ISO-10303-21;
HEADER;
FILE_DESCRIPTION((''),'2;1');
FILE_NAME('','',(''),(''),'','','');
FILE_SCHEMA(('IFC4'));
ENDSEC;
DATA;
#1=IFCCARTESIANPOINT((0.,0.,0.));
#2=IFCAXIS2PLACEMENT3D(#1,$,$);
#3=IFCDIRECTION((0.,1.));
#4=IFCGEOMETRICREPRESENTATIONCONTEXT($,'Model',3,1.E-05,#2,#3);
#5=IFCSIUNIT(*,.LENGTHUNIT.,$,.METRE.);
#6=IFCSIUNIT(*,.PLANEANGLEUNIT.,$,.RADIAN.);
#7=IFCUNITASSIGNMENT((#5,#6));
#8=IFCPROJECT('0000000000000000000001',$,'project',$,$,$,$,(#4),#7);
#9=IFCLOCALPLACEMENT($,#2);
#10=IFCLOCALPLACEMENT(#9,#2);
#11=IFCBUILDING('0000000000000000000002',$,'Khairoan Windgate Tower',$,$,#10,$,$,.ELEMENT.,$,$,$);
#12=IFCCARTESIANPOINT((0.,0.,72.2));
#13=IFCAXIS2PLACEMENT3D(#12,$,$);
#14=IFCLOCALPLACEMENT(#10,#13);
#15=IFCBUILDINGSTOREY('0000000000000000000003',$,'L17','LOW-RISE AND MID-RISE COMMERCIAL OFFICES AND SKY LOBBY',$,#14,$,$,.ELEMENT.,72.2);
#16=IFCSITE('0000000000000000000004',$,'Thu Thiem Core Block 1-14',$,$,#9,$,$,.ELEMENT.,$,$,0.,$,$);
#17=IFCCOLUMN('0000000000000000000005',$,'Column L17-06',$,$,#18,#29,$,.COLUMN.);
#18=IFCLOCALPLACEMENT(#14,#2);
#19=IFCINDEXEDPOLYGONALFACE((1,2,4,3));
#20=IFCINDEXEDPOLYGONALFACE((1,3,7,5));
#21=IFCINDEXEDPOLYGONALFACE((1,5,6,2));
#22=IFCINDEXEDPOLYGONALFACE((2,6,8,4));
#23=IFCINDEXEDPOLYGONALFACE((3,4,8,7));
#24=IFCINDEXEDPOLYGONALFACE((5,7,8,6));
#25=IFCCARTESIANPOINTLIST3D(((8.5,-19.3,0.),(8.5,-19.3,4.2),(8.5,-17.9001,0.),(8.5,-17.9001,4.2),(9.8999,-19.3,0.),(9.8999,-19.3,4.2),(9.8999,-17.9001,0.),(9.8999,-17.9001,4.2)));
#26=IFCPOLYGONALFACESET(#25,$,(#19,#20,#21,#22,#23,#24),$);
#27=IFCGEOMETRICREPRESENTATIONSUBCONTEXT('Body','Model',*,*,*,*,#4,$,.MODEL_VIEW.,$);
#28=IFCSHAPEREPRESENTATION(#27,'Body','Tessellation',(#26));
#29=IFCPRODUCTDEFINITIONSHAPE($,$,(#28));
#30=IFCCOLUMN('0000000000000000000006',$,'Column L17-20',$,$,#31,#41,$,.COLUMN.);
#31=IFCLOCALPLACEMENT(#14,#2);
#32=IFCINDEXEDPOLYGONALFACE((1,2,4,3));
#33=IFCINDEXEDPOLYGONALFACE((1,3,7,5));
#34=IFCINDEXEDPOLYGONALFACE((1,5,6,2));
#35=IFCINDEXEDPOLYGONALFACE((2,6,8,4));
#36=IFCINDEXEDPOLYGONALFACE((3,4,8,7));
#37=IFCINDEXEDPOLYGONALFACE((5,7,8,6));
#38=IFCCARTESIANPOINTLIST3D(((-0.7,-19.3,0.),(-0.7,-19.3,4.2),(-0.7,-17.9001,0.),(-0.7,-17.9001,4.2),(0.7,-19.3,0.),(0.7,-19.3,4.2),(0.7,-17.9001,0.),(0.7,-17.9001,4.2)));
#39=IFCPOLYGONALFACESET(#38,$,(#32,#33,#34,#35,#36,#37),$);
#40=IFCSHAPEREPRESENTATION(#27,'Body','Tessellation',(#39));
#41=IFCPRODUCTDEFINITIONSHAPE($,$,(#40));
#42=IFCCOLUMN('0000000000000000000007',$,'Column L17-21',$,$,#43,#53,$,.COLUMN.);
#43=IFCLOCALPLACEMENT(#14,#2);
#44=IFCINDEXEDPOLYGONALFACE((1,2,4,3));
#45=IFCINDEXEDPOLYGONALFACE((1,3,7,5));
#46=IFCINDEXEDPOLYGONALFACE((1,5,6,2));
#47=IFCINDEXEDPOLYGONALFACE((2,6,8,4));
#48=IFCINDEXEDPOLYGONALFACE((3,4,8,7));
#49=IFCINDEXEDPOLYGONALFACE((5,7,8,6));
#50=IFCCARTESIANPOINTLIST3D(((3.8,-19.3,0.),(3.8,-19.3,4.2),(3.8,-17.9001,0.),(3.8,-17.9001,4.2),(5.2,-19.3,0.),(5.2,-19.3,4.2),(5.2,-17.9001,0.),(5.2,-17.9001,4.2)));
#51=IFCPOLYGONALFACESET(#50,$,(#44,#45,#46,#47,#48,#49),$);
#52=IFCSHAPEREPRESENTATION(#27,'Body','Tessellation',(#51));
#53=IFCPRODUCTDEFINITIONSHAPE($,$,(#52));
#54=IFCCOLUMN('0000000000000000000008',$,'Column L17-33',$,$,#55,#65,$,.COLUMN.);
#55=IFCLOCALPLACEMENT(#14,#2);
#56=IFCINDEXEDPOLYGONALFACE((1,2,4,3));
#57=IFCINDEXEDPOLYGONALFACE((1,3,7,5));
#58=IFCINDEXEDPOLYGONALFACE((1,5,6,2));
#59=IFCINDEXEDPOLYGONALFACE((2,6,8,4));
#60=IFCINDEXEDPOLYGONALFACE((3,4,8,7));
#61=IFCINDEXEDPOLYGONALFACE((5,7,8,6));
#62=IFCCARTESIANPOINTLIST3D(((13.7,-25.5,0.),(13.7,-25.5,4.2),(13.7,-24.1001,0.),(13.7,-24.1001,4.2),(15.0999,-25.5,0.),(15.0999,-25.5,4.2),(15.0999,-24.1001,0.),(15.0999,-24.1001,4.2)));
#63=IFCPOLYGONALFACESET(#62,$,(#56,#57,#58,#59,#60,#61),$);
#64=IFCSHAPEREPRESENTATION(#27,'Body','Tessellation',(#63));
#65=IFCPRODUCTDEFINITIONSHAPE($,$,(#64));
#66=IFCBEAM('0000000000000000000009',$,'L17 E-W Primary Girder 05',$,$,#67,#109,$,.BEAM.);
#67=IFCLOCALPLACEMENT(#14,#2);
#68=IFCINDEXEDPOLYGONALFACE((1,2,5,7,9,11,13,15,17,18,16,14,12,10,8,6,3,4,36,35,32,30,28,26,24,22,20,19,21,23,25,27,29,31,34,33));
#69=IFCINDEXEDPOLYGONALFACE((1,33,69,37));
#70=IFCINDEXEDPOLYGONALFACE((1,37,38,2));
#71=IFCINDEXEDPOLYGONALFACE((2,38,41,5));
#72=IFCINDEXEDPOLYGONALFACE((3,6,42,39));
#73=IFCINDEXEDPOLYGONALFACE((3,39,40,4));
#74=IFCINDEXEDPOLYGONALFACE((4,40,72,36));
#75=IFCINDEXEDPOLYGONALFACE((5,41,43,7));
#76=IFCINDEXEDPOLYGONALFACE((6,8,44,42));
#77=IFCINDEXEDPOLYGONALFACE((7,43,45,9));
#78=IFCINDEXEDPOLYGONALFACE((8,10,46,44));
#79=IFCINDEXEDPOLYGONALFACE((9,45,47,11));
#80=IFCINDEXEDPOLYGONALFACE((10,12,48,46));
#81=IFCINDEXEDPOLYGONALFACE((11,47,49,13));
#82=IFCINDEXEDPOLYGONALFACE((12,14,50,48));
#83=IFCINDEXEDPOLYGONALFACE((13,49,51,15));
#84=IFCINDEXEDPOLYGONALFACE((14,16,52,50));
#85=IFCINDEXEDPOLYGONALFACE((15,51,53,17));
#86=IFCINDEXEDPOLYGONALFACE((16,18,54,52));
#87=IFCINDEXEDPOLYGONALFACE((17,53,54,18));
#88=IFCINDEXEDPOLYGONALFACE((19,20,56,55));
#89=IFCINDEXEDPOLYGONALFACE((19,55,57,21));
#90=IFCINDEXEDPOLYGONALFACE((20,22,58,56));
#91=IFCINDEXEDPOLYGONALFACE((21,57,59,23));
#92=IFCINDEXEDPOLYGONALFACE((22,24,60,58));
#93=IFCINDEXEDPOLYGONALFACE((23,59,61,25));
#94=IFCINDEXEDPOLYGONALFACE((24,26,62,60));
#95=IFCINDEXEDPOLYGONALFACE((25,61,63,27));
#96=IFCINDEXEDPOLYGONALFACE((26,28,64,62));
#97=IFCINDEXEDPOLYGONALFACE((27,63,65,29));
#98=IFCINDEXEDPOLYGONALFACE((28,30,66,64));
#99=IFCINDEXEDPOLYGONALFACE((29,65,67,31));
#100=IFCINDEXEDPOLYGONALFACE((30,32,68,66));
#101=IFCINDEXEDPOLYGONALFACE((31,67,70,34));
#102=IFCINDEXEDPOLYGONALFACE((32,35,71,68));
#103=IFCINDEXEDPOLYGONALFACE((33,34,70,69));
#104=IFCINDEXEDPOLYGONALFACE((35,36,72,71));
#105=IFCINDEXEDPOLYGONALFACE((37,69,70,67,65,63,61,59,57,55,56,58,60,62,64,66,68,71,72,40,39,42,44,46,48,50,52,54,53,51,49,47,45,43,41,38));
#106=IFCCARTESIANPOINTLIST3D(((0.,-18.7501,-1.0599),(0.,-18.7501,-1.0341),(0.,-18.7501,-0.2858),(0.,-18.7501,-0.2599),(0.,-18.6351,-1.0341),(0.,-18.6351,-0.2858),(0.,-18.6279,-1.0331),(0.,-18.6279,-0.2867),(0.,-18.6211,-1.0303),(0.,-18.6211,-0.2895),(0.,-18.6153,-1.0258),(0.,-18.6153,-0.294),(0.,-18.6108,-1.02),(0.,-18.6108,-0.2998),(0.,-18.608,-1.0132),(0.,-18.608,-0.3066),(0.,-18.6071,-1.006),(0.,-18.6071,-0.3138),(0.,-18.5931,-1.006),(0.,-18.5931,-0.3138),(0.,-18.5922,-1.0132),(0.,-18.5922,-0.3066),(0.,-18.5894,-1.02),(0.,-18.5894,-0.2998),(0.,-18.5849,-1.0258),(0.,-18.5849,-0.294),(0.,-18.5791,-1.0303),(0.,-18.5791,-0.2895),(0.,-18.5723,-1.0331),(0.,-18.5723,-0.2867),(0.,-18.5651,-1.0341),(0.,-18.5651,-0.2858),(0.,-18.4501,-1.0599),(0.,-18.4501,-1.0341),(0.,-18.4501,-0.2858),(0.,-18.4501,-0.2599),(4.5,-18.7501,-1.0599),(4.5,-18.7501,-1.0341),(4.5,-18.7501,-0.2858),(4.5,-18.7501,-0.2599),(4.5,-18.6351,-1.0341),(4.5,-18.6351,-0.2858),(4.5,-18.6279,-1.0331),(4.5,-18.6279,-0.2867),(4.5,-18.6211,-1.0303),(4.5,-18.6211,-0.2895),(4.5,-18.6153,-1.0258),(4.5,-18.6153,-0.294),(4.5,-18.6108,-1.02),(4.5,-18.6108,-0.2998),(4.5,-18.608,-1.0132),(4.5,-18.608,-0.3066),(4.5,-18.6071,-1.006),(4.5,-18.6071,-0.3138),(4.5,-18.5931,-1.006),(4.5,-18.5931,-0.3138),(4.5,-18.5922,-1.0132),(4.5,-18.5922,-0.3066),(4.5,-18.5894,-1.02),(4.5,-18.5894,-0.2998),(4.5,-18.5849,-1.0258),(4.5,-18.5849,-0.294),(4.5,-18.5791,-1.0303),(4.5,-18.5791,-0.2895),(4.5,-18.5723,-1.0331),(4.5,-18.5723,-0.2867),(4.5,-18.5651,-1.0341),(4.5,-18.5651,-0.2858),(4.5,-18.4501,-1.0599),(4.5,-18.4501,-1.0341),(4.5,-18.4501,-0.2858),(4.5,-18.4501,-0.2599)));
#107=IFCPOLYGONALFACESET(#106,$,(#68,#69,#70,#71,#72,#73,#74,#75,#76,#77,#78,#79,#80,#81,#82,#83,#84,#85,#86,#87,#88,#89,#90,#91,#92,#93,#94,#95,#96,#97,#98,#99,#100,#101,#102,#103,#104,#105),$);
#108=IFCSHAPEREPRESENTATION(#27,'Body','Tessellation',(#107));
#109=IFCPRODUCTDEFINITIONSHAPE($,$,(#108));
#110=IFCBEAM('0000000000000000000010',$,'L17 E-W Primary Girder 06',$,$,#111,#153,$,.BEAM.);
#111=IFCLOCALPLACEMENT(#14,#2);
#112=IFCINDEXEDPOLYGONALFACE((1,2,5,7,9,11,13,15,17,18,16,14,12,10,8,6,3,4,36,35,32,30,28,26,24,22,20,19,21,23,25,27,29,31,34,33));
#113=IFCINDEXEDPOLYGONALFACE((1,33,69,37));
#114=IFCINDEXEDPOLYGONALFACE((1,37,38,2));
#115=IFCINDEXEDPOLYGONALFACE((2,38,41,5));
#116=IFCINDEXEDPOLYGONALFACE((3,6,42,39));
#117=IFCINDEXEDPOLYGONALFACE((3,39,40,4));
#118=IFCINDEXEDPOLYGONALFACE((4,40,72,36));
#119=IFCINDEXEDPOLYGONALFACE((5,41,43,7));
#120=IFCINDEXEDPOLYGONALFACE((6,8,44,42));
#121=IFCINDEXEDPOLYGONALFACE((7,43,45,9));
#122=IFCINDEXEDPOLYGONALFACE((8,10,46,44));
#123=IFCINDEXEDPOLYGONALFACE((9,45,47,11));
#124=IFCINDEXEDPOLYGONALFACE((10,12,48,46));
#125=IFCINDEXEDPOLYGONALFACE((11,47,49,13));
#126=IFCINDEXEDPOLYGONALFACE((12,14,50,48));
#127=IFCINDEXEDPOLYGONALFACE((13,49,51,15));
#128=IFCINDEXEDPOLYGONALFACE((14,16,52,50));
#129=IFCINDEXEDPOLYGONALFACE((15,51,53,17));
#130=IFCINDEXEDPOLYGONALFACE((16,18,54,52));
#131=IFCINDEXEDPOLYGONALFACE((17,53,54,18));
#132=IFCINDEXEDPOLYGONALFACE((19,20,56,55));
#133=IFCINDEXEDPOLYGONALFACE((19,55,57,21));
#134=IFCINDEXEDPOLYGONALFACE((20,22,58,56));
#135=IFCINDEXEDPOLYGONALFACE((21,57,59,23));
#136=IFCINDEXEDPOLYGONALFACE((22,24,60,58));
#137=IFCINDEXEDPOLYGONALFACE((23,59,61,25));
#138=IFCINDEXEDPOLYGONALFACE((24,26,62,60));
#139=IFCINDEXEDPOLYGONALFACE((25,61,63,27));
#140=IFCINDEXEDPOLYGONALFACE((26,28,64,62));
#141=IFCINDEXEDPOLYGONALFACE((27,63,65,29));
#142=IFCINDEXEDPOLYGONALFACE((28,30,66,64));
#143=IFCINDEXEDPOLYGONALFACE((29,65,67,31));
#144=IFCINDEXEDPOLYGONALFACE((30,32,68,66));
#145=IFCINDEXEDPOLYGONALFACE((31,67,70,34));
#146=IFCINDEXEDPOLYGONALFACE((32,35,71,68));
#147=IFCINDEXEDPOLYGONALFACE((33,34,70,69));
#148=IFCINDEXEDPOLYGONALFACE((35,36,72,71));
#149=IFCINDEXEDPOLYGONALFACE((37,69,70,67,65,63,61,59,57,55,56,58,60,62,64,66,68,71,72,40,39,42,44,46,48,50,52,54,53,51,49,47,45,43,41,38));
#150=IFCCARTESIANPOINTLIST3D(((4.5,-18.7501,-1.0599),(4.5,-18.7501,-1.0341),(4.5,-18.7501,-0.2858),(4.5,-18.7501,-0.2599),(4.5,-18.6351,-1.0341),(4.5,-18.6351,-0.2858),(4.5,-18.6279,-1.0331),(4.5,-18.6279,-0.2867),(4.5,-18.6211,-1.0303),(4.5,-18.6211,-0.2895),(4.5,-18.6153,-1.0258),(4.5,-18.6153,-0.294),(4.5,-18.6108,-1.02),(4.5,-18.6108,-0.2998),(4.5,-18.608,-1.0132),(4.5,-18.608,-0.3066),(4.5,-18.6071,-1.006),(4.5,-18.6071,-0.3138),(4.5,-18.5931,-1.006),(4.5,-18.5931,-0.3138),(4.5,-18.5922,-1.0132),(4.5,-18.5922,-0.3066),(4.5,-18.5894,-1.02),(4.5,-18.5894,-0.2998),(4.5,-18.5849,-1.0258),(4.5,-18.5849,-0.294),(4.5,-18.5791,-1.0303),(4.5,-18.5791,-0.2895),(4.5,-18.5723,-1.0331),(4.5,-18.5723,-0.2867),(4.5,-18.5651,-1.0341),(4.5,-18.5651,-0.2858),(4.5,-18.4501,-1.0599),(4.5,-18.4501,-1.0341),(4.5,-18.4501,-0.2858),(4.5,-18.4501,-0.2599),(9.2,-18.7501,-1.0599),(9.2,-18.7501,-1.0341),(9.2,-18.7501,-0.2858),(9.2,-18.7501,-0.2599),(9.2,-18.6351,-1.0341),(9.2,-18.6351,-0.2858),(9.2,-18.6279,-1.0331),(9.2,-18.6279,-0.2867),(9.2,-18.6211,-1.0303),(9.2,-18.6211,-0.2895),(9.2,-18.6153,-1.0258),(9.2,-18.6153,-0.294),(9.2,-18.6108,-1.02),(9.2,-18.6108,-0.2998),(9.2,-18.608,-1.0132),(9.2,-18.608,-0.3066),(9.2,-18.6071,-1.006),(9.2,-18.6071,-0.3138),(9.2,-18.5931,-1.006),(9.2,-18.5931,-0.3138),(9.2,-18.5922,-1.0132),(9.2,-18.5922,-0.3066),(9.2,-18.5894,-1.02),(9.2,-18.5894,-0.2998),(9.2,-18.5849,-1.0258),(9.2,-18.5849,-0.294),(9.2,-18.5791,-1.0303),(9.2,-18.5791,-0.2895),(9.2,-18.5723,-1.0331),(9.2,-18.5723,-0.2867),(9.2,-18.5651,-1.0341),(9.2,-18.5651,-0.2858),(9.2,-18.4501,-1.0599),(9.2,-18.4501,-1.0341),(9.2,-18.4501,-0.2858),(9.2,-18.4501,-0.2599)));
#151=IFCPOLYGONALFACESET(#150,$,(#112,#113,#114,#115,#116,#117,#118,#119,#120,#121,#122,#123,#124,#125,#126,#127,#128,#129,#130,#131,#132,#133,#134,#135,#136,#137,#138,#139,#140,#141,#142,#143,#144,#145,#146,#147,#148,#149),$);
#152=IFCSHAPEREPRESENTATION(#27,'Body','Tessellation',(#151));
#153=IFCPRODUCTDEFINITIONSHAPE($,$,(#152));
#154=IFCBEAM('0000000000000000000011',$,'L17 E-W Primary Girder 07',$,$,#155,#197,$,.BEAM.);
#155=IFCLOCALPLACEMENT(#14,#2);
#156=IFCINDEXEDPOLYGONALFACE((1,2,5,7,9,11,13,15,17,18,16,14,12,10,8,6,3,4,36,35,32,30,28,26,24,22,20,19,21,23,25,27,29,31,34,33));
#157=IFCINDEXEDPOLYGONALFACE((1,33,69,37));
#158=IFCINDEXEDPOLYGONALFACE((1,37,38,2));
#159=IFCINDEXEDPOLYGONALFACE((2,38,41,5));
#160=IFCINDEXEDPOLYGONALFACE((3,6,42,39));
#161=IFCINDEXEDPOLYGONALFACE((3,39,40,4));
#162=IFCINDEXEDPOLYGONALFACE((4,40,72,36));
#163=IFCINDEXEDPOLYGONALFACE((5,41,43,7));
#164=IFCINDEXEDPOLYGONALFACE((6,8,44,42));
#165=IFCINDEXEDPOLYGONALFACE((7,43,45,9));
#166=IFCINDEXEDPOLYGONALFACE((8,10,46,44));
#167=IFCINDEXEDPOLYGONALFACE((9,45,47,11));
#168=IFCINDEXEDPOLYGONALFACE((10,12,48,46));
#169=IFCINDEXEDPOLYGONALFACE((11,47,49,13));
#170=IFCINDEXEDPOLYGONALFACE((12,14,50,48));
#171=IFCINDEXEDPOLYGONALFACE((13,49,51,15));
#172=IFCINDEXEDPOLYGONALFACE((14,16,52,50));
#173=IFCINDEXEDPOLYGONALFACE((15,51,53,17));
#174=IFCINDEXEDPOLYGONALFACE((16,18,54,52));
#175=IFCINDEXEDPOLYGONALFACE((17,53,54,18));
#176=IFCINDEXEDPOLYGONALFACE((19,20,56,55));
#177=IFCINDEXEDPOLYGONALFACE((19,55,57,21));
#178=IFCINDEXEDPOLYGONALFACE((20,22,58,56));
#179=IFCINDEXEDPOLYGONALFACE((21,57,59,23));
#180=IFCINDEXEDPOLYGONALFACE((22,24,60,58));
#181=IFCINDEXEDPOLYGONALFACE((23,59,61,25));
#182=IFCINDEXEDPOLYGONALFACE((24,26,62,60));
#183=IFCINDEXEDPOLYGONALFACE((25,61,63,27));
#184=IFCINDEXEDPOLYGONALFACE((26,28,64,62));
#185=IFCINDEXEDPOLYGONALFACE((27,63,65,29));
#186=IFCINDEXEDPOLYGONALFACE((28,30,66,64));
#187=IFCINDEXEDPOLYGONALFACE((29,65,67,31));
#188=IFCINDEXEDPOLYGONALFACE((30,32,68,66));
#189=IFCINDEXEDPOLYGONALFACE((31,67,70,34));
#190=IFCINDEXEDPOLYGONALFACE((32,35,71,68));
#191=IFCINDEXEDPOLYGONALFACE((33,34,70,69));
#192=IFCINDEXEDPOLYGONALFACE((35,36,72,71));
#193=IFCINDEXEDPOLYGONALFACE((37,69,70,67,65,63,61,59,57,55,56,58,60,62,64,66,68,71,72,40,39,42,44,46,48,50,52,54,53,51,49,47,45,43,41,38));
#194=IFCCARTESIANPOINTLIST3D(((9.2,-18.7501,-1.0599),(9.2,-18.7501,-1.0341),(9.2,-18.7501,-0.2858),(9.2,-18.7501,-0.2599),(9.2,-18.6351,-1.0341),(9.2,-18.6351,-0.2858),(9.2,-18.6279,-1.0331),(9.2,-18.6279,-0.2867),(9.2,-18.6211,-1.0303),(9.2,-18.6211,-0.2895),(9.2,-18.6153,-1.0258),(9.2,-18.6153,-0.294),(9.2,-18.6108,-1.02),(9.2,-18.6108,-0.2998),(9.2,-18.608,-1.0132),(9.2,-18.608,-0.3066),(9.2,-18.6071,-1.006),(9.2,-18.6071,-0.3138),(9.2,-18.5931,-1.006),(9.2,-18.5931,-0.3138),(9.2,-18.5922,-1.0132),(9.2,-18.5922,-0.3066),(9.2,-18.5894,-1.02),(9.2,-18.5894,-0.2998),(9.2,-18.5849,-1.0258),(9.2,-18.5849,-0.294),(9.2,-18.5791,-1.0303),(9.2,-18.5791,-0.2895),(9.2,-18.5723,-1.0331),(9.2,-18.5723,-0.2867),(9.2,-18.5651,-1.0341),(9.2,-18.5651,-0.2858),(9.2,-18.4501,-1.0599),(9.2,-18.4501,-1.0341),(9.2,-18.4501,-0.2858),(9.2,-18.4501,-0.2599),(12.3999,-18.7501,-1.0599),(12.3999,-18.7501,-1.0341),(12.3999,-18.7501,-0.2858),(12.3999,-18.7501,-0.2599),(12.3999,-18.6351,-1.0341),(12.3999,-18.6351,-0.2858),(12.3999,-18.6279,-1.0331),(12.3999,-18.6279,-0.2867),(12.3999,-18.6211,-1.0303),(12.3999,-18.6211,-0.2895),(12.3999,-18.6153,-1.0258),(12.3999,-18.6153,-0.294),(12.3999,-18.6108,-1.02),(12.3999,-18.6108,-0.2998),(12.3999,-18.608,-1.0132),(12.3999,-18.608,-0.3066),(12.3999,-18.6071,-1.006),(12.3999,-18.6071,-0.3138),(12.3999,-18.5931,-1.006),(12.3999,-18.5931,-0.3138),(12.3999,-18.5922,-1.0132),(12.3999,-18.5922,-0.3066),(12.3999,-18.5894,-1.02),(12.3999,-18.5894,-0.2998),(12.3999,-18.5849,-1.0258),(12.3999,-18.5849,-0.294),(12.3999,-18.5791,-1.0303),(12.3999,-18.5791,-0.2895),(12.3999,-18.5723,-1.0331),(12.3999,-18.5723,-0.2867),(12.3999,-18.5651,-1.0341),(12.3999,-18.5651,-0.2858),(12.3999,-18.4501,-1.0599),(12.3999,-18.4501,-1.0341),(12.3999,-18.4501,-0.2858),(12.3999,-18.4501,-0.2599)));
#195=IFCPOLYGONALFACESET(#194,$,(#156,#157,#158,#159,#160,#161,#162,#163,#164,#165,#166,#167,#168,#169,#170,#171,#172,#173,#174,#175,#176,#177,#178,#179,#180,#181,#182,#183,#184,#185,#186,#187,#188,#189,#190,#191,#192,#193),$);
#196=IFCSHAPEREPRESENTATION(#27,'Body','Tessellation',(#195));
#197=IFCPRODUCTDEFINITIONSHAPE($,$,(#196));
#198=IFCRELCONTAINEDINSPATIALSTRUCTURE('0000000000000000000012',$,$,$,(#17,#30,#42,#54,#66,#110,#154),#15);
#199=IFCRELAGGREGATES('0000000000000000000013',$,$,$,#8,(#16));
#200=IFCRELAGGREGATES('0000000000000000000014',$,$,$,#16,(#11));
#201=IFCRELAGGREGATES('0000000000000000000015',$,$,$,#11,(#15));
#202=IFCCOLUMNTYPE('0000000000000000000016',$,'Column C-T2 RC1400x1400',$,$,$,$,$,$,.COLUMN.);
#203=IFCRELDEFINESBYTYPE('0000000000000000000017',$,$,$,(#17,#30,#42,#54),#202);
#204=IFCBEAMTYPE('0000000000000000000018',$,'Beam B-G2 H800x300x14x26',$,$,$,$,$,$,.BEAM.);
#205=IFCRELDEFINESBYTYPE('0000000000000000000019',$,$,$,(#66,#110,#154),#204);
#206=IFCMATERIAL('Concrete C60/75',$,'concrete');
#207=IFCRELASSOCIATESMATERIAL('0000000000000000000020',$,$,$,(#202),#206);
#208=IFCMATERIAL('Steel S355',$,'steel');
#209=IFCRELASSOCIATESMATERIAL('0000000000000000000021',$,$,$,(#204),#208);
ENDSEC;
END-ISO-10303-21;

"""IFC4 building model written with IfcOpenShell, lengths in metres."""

from ifc_helpers import new_model, si_unit, direction, frame, origin, origin_2d, place, context, subcontext, project, spatial, rectangle, i_section, extrude, material, material_profile, profile_set, type_object, element, save


model = new_model("IFC4")

# Units and contexts
model_context = context("Model", 3, precision=1e-05, world=origin(), true_north=direction((0.0, 1.0)))
body_context = subcontext(model_context, "Body", "Model", "MODEL_VIEW")
ifc_project = project(units=[si_unit("LENGTHUNIT", "METRE"), si_unit("PLANEANGLEUNIT", "RADIAN")], contexts=[model_context])

# Site, building, storey
site_placement = place(None, origin())
site = spatial("IfcSite", under=ifc_project, at=site_placement, Name="Thu Thiem Core Block 1-14", CompositionType="ELEMENT", RefElevation=0.0)
building_placement = place(site_placement, origin())
building = spatial("IfcBuilding", under=site, at=building_placement, Name="Khairoan Windgate Tower", CompositionType="ELEMENT")
storey_placement = place(building_placement, frame((0.0, 0.0, 72.2)))
storey = spatial("IfcBuildingStorey", under=building, at=storey_placement, Name="L17", Description="LOW-RISE AND MID-RISE COMMERCIAL OFFICES AND SKY LOBBY", CompositionType="ELEMENT", Elevation=72.2)

# Columns
ifc_material_1 = material(Name="Concrete C60/75", Category="concrete")
ifc_material_profile_1 = material_profile(ifc_material_1, rectangle(XDim=1.3999, YDim=1.3999, at=origin_2d()))
ifc_profile_set_1 = profile_set([ifc_material_profile_1], Name="Concrete C60/75")
column_type = type_object("IfcColumnType", Name="Column C-T2 RC1400x1400", PredefinedType="COLUMN", material=ifc_profile_set_1)
for number, where, z_axis, x_axis, name in (
    (1, (9.2, -18.6001, 0.0), (0.0, 0.0, 1.0), (1.0, 0.0, 0.0), "Column L17-06"),
    (2, (0.0, -18.6001, 0.0), (0.0, 0.0, 1.0), (1.0, 0.0, 0.0), "Column L17-20"),
    (3, (4.5, -18.6001, 0.0), (0.0, 0.0, 1.0), (1.0, 0.0, 0.0), "Column L17-21"),
    (4, (14.3999, -24.8, 0.0), (0.0, 0.0, 1.0), (1.0, 0.0, 0.0), "Column L17-33"),
):
    element("IfcColumn", number, at=place(storey_placement, frame(where, z_axis=z_axis, x_axis=x_axis)), inside=storey, type_object=column_type, Name=name, PredefinedType="COLUMN", context=body_context, shape_type="SweptSolid", body=[
        extrude(rectangle(XDim=1.3999, YDim=1.3999, at=origin_2d()), origin(), (0.0, 0.0, 1.0), 4.2),
    ])

# Beams
ifc_material_2 = material(Name="Steel S355", Category="steel")
ifc_material_profile_2 = material_profile(ifc_material_2, i_section(OverallWidth=0.3, OverallDepth=0.8, WebThickness=0.0139, FlangeThickness=0.0259, FilletRadius=0.0281, at=origin_2d()))
ifc_profile_set_2 = profile_set([ifc_material_profile_2], Name="Steel S355")
beam_type = type_object("IfcBeamType", Name="Beam B-G2 H800x300x14x26", PredefinedType="BEAM", material=ifc_profile_set_2)
beam_1_placement = place(storey_placement, frame((0.0, -18.6001, -0.6599), z_axis=(1.0, 0.0, 0.0), x_axis=(0.0, 1.0, 0.0)))
element("IfcBeam", 5, at=beam_1_placement, inside=storey, type_object=beam_type, Name="L17 E-W Primary Girder 05", PredefinedType="BEAM", context=body_context, shape_type="SweptSolid", body=[
    extrude(i_section(OverallWidth=0.3, OverallDepth=0.8, WebThickness=0.0139, FlangeThickness=0.0259, FilletRadius=0.0281, at=origin_2d()), origin(), (0.0, 0.0, 1.0), 4.5),
])
beam_2_placement = place(storey_placement, frame((4.5, -18.6001, -0.6599), z_axis=(1.0, 0.0, 0.0), x_axis=(0.0, 1.0, 0.0)))
element("IfcBeam", 6, at=beam_2_placement, inside=storey, type_object=beam_type, Name="L17 E-W Primary Girder 06", PredefinedType="BEAM", context=body_context, shape_type="SweptSolid", body=[
    extrude(i_section(OverallWidth=0.3, OverallDepth=0.8, WebThickness=0.0139, FlangeThickness=0.0259, FilletRadius=0.0281, at=origin_2d()), origin(), (0.0, 0.0, 1.0), 4.7),
])
beam_3_placement = place(storey_placement, frame((9.2, -18.6001, -0.6599), z_axis=(1.0, 0.0, 0.0), x_axis=(0.0, 1.0, 0.0)))
element("IfcBeam", 7, at=beam_3_placement, inside=storey, type_object=beam_type, Name="L17 E-W Primary Girder 07", PredefinedType="BEAM", context=body_context, shape_type="SweptSolid", body=[
    extrude(i_section(OverallWidth=0.3, OverallDepth=0.8, WebThickness=0.0139, FlangeThickness=0.0259, FilletRadius=0.0281, at=origin_2d()), origin(), (0.0, 0.0, 1.0), 3.2),
])

save(model, "model.ifc")
